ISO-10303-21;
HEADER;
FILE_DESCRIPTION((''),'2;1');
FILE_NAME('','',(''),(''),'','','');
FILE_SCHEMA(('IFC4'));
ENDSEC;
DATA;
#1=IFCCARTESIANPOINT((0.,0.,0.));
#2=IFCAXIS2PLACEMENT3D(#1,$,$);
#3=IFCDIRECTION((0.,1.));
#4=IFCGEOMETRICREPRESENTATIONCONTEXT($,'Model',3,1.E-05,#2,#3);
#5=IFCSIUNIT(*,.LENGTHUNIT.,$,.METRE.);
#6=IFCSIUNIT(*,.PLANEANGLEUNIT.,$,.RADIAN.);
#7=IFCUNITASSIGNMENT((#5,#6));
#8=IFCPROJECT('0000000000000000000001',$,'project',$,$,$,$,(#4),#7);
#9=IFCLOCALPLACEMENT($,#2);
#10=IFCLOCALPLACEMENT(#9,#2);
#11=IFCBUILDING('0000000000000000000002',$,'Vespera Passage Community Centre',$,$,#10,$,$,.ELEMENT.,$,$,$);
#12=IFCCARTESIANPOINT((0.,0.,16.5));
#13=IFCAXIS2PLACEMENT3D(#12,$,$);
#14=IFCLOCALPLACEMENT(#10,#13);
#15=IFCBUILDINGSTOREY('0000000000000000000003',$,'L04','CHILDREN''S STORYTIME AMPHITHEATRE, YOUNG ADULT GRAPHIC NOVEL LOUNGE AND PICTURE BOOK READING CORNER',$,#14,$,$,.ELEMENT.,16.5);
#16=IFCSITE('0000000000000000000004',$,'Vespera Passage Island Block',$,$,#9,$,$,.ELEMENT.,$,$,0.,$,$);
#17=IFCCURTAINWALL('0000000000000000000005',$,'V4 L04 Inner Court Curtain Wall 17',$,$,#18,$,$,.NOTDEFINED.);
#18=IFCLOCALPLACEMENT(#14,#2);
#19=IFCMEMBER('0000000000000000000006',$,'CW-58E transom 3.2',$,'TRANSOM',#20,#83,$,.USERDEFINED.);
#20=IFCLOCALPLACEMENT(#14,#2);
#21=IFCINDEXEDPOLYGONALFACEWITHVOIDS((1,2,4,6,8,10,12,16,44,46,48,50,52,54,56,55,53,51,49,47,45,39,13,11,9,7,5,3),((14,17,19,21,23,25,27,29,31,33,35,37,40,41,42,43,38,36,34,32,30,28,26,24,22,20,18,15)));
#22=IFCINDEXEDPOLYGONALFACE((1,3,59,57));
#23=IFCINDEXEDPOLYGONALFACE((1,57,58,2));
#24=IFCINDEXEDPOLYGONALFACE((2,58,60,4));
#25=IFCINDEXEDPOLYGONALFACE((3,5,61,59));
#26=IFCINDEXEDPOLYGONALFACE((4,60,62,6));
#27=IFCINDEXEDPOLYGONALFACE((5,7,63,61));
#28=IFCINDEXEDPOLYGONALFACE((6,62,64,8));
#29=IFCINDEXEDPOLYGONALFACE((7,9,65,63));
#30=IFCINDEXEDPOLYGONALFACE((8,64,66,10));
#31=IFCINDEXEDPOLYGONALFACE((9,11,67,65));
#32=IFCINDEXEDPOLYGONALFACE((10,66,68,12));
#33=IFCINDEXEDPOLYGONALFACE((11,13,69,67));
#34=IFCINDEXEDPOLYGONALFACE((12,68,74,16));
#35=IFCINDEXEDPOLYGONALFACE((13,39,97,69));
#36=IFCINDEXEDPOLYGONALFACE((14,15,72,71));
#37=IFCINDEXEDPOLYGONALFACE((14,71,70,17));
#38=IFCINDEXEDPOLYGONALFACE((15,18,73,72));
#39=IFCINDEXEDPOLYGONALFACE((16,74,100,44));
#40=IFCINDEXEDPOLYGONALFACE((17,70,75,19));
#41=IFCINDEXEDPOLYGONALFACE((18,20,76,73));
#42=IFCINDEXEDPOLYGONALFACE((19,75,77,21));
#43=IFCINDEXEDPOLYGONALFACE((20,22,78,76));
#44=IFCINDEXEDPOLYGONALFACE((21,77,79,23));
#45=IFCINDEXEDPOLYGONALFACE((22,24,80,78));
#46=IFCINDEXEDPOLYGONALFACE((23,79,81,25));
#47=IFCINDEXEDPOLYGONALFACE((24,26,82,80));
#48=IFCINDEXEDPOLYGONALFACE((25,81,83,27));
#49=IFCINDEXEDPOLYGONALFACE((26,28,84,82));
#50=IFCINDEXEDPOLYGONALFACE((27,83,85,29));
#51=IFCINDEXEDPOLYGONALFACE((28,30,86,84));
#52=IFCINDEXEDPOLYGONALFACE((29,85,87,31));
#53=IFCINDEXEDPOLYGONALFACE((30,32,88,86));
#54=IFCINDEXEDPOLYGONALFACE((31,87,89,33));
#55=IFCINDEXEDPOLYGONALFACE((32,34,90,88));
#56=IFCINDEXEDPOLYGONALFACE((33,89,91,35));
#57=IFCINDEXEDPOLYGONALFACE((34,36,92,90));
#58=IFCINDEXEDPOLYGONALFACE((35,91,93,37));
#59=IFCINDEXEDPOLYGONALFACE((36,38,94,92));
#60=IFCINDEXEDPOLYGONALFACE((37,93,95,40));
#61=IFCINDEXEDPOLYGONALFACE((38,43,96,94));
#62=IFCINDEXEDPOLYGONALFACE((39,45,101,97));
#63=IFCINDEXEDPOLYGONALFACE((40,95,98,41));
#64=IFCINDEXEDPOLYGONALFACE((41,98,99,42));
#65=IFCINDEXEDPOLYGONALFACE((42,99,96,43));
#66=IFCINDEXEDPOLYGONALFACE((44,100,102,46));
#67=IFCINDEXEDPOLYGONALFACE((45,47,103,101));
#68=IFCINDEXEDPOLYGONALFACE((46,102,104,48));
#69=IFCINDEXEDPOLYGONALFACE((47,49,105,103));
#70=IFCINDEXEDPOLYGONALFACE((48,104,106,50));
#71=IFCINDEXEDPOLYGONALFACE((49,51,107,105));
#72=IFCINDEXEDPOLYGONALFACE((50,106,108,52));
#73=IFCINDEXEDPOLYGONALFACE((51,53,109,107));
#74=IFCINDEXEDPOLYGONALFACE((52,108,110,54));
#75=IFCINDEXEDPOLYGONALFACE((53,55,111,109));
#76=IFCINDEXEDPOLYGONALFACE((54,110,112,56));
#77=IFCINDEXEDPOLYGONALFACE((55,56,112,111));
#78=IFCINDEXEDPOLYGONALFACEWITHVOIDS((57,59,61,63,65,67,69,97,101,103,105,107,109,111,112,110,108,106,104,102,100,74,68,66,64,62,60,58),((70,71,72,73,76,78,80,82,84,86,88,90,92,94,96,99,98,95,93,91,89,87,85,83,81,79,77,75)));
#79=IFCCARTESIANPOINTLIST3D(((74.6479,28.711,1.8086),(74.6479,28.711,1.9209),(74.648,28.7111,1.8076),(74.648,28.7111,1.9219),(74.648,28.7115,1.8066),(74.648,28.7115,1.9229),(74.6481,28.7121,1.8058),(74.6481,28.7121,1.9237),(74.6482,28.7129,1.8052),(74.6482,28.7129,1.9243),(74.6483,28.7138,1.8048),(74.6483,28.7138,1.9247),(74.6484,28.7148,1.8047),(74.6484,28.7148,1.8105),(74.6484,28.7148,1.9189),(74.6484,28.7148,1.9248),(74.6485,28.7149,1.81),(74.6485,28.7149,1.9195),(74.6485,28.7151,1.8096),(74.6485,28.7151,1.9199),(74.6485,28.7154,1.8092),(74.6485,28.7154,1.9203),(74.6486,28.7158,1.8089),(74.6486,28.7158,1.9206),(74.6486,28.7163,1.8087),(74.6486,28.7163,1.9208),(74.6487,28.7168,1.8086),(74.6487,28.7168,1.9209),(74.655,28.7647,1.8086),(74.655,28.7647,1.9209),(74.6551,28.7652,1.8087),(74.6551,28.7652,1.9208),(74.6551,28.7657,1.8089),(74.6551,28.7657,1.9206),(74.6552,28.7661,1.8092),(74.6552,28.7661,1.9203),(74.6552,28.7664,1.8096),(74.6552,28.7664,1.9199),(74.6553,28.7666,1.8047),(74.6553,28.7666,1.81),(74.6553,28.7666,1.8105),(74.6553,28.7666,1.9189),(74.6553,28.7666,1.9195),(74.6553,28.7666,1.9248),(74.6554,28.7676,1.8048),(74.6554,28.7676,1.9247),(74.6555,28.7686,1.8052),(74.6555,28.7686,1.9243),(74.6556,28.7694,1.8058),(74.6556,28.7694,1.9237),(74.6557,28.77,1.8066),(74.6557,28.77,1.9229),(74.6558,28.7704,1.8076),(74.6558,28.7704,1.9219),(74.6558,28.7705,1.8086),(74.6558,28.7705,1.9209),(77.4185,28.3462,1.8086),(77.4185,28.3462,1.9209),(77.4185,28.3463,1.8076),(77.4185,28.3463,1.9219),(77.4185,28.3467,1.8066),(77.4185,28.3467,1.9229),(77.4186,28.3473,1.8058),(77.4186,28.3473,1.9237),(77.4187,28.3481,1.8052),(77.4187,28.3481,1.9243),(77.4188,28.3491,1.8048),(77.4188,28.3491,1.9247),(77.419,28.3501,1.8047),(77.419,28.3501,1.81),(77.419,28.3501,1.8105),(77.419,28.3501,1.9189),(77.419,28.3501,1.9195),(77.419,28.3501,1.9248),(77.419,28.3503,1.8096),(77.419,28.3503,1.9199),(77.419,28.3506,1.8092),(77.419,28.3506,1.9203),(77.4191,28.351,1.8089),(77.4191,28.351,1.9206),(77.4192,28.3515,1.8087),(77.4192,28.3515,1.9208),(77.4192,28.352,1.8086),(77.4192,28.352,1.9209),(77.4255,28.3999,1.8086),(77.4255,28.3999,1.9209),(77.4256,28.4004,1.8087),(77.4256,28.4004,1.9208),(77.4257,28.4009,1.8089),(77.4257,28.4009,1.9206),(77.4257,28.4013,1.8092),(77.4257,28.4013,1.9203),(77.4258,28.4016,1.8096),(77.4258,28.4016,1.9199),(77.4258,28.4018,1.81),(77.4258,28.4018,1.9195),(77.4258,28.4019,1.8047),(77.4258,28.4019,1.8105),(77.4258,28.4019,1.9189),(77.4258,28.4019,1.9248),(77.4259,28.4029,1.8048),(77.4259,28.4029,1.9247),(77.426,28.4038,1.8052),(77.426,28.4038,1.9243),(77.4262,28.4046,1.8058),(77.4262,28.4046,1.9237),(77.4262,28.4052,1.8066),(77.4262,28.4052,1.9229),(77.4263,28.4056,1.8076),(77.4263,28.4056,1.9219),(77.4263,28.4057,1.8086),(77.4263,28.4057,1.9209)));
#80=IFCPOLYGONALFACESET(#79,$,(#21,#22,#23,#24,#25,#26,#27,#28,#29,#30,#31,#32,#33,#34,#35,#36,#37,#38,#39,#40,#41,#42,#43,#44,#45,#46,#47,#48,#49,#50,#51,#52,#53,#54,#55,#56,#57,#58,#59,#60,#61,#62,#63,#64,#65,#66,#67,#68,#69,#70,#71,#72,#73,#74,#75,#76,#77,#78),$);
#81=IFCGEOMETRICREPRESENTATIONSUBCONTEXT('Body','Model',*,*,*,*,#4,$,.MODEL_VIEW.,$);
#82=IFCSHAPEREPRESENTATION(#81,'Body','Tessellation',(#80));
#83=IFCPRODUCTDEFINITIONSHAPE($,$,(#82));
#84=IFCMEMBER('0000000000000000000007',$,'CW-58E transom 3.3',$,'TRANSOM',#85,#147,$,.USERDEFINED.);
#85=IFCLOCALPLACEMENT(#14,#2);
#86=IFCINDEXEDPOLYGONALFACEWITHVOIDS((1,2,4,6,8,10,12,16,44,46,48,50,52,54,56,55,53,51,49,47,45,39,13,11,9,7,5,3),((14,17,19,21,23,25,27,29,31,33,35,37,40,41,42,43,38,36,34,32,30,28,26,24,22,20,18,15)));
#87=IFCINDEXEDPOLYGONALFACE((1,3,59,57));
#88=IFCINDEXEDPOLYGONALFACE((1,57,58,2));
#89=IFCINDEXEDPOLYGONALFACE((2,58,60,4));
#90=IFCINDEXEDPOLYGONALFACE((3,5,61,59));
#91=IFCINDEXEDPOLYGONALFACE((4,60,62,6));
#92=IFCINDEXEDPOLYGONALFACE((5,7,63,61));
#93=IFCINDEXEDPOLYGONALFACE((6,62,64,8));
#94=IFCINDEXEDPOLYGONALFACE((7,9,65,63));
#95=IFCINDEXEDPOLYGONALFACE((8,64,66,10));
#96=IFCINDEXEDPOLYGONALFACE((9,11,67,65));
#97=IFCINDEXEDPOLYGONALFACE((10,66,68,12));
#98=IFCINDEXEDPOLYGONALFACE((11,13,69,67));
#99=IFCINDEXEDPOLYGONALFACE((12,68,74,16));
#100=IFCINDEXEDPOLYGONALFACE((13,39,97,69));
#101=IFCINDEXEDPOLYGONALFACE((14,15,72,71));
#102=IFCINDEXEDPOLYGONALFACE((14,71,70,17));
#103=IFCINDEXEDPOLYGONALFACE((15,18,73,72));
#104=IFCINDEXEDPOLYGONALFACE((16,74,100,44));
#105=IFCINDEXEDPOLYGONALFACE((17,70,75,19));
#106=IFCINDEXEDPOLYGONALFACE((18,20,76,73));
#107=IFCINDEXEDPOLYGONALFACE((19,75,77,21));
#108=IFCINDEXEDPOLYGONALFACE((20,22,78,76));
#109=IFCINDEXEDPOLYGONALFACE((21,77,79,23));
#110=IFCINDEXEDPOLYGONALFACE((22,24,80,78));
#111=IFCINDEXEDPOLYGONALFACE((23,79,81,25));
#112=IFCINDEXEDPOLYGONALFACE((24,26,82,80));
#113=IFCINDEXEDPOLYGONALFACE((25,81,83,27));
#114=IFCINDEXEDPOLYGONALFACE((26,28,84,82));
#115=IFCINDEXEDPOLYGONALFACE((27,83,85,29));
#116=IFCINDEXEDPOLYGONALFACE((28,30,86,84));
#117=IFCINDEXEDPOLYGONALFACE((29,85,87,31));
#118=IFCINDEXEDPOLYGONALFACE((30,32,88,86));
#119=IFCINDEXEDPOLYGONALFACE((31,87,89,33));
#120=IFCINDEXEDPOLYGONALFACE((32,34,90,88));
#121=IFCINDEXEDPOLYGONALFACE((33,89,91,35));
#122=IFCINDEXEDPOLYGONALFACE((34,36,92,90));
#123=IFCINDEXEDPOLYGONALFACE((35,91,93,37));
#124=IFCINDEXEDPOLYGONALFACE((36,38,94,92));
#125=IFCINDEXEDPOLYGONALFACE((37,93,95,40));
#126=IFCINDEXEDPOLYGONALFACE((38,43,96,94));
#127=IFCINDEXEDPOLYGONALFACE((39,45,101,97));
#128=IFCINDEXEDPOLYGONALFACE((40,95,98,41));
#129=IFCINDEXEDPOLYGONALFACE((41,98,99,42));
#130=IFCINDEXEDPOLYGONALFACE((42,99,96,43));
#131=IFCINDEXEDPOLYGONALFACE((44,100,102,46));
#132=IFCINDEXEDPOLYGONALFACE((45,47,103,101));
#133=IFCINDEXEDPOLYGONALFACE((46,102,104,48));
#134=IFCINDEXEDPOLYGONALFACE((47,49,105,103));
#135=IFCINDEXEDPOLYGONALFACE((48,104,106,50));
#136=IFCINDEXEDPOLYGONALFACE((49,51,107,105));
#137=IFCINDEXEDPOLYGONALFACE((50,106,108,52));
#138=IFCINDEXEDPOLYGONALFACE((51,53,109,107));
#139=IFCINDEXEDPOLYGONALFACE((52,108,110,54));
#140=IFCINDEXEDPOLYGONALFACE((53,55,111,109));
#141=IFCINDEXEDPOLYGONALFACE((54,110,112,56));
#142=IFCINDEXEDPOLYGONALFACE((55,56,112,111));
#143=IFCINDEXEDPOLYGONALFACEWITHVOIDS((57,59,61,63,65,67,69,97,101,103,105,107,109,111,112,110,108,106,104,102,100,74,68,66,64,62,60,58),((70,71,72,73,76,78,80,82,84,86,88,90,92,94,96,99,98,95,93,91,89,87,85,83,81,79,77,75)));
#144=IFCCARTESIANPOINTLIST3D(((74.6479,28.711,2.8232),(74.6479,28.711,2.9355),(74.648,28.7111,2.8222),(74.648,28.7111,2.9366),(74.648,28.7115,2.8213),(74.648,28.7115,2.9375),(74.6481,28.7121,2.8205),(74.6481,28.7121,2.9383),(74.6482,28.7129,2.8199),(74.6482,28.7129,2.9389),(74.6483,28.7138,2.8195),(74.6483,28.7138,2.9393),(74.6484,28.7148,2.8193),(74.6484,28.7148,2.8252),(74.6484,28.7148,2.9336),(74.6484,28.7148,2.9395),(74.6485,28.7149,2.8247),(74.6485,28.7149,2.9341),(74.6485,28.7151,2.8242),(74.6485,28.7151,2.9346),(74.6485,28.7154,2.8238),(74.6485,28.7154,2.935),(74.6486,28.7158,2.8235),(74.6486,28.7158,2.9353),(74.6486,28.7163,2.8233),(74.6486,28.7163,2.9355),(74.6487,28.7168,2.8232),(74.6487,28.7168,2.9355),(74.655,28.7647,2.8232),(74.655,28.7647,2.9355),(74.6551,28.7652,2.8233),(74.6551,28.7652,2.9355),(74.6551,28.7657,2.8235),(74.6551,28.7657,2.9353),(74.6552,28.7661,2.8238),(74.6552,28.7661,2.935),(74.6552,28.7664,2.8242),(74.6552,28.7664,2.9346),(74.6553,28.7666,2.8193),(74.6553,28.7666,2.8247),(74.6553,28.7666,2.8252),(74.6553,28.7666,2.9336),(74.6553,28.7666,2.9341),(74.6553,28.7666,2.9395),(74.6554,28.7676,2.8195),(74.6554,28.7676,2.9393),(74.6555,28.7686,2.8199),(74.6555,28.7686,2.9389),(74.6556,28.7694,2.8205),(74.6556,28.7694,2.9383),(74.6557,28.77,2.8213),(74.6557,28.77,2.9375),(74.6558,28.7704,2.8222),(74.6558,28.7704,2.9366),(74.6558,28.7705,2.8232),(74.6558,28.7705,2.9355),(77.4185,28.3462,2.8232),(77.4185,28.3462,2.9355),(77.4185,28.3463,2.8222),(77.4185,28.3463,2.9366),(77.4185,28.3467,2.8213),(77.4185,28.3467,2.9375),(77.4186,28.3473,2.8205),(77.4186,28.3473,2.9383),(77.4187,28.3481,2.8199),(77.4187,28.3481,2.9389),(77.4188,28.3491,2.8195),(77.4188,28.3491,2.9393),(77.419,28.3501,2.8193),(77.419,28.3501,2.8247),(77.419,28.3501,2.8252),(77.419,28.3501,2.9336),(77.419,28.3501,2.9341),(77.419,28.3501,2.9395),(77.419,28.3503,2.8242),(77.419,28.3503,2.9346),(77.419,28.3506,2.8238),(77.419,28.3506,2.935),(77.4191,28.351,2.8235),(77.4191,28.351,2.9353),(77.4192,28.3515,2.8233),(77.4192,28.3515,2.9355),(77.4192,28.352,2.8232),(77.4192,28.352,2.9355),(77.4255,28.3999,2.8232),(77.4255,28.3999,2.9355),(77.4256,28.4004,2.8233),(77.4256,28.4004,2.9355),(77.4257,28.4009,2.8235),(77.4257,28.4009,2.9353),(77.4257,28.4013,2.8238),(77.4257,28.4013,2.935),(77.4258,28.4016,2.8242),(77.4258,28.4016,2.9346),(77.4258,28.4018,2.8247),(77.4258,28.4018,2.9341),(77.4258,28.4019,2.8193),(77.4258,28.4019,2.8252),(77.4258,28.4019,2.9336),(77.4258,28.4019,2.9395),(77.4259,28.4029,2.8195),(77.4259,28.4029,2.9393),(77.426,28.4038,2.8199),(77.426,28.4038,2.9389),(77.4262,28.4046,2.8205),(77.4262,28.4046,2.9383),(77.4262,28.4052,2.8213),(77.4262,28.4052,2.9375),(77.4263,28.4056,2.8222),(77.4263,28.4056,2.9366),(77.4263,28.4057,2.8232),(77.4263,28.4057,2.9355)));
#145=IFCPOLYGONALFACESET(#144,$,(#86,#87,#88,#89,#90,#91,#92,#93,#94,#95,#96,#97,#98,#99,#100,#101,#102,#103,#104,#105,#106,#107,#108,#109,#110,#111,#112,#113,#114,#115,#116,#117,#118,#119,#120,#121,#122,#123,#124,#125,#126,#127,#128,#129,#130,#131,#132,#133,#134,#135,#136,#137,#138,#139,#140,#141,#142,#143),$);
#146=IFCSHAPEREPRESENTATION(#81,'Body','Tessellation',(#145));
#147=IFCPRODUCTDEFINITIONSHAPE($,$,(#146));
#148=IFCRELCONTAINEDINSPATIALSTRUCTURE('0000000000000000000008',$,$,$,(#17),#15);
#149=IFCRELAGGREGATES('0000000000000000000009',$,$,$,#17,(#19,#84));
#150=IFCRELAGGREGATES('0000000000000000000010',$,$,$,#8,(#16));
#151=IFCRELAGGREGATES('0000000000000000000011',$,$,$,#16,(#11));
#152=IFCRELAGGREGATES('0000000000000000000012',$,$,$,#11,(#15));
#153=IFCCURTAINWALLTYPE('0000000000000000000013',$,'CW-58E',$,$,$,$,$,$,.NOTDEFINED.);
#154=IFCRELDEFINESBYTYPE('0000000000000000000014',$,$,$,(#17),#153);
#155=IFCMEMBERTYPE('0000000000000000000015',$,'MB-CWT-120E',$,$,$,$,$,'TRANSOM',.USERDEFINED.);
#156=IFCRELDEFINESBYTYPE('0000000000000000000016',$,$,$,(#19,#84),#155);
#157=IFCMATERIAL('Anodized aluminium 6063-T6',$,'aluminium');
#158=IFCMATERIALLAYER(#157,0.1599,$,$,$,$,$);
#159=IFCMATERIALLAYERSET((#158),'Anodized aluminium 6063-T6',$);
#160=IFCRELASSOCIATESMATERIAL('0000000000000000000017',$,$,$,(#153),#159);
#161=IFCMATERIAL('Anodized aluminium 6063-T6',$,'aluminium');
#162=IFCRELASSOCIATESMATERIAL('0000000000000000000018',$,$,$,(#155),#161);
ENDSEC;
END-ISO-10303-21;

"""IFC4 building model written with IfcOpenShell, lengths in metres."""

from ifc_helpers import new_model, si_unit, direction, frame, origin, origin_2d, place, context, subcontext, project, spatial, hollow_rectangle, extrude, material, layer, layer_set, material_profile, profile_set, type_object, element, aggregate, save


model = new_model("IFC4")

# Units and contexts
model_context = context("Model", 3, precision=1e-05, world=origin(), true_north=direction((0.0, 1.0)))
body_context = subcontext(model_context, "Body", "Model", "MODEL_VIEW")
ifc_project = project(units=[si_unit("LENGTHUNIT", "METRE"), si_unit("PLANEANGLEUNIT", "RADIAN")], contexts=[model_context])

# Site, building, storey
site_placement = place(None, origin())
site = spatial("IfcSite", under=ifc_project, at=site_placement, Name="Vespera Passage Island Block", CompositionType="ELEMENT", RefElevation=0.0)
building_placement = place(site_placement, origin())
building = spatial("IfcBuilding", under=site, at=building_placement, Name="Vespera Passage Community Centre", CompositionType="ELEMENT")
storey_placement = place(building_placement, frame((0.0, 0.0, 16.5)))
storey = spatial("IfcBuildingStorey", under=building, at=storey_placement, Name="L04", Description="CHILDREN'S STORYTIME AMPHITHEATRE, YOUNG ADULT GRAPHIC NOVEL LOUNGE AND PICTURE BOOK READING CORNER", CompositionType="ELEMENT", Elevation=16.5)

# Curtain wall
ifc_material_1 = material(Name="Anodized aluminium 6063-T6", Category="aluminium")
ifc_layer_1 = layer(ifc_material_1, 0.1599)
ifc_layer_set_1 = layer_set([ifc_layer_1], Name="Anodized aluminium 6063-T6")
curtain_wall_type_1 = type_object("IfcCurtainWallType", Name="CW-58E", PredefinedType="NOTDEFINED", material=ifc_layer_set_1)
curtain_wall_1_placement = place(storey_placement, origin())
curtain_wall_1 = element("IfcCurtainWall", 1, at=curtain_wall_1_placement, inside=storey, type_object=curtain_wall_type_1, Name="V4 L04 Inner Court Curtain Wall 17", PredefinedType="NOTDEFINED")

# Members
ifc_material_2 = material(Name="Anodized aluminium 6063-T6", Category="aluminium")
ifc_material_profile_1 = material_profile(ifc_material_2, hollow_rectangle(XDim=0.0601, YDim=0.1201, WallThickness=0.0039, InnerFilletRadius=0.002, OuterFilletRadius=0.0039, at=origin_2d()), Name="ALU120X60X4")
ifc_profile_set_1 = profile_set([ifc_material_profile_1], Name="Anodized aluminium 6063-T6")
member_type_1 = type_object("IfcMemberType", Name="MB-CWT-120E", ElementType="TRANSOM", PredefinedType="USERDEFINED", material=ifc_profile_set_1)
member_1_placement = place(storey_placement, frame((74.6519, 28.7407, 1.8647), z_axis=(0.991445, -0.130527, 0.0), x_axis=(0.130527, 0.991445, 0.0)))
member_1 = element("IfcMember", 2, at=member_1_placement, type_object=member_type_1, Name="CW-58E transom 3.2", ObjectType="TRANSOM", PredefinedType="USERDEFINED", context=body_context, shape_type="SweptSolid", body=[
    extrude(hollow_rectangle(XDim=0.0601, YDim=0.1201, WallThickness=0.0039, InnerFilletRadius=0.002, OuterFilletRadius=0.0039, at=origin_2d()), origin(), (0.0, 0.0, 1.0), 2.7944),
])
member_2_placement = place(storey_placement, frame((74.6519, 28.7407, 2.8794), z_axis=(0.991445, -0.130527, 0.0), x_axis=(0.130527, 0.991445, 0.0)))
member_2 = element("IfcMember", 3, at=member_2_placement, type_object=member_type_1, Name="CW-58E transom 3.3", ObjectType="TRANSOM", PredefinedType="USERDEFINED", context=body_context, shape_type="SweptSolid", body=[
    extrude(hollow_rectangle(XDim=0.0601, YDim=0.1201, WallThickness=0.0039, InnerFilletRadius=0.002, OuterFilletRadius=0.0039, at=origin_2d()), origin(), (0.0, 0.0, 1.0), 2.7944),
])

aggregate(curtain_wall_1, [member_1, member_2])

save(model, "model.ifc")
